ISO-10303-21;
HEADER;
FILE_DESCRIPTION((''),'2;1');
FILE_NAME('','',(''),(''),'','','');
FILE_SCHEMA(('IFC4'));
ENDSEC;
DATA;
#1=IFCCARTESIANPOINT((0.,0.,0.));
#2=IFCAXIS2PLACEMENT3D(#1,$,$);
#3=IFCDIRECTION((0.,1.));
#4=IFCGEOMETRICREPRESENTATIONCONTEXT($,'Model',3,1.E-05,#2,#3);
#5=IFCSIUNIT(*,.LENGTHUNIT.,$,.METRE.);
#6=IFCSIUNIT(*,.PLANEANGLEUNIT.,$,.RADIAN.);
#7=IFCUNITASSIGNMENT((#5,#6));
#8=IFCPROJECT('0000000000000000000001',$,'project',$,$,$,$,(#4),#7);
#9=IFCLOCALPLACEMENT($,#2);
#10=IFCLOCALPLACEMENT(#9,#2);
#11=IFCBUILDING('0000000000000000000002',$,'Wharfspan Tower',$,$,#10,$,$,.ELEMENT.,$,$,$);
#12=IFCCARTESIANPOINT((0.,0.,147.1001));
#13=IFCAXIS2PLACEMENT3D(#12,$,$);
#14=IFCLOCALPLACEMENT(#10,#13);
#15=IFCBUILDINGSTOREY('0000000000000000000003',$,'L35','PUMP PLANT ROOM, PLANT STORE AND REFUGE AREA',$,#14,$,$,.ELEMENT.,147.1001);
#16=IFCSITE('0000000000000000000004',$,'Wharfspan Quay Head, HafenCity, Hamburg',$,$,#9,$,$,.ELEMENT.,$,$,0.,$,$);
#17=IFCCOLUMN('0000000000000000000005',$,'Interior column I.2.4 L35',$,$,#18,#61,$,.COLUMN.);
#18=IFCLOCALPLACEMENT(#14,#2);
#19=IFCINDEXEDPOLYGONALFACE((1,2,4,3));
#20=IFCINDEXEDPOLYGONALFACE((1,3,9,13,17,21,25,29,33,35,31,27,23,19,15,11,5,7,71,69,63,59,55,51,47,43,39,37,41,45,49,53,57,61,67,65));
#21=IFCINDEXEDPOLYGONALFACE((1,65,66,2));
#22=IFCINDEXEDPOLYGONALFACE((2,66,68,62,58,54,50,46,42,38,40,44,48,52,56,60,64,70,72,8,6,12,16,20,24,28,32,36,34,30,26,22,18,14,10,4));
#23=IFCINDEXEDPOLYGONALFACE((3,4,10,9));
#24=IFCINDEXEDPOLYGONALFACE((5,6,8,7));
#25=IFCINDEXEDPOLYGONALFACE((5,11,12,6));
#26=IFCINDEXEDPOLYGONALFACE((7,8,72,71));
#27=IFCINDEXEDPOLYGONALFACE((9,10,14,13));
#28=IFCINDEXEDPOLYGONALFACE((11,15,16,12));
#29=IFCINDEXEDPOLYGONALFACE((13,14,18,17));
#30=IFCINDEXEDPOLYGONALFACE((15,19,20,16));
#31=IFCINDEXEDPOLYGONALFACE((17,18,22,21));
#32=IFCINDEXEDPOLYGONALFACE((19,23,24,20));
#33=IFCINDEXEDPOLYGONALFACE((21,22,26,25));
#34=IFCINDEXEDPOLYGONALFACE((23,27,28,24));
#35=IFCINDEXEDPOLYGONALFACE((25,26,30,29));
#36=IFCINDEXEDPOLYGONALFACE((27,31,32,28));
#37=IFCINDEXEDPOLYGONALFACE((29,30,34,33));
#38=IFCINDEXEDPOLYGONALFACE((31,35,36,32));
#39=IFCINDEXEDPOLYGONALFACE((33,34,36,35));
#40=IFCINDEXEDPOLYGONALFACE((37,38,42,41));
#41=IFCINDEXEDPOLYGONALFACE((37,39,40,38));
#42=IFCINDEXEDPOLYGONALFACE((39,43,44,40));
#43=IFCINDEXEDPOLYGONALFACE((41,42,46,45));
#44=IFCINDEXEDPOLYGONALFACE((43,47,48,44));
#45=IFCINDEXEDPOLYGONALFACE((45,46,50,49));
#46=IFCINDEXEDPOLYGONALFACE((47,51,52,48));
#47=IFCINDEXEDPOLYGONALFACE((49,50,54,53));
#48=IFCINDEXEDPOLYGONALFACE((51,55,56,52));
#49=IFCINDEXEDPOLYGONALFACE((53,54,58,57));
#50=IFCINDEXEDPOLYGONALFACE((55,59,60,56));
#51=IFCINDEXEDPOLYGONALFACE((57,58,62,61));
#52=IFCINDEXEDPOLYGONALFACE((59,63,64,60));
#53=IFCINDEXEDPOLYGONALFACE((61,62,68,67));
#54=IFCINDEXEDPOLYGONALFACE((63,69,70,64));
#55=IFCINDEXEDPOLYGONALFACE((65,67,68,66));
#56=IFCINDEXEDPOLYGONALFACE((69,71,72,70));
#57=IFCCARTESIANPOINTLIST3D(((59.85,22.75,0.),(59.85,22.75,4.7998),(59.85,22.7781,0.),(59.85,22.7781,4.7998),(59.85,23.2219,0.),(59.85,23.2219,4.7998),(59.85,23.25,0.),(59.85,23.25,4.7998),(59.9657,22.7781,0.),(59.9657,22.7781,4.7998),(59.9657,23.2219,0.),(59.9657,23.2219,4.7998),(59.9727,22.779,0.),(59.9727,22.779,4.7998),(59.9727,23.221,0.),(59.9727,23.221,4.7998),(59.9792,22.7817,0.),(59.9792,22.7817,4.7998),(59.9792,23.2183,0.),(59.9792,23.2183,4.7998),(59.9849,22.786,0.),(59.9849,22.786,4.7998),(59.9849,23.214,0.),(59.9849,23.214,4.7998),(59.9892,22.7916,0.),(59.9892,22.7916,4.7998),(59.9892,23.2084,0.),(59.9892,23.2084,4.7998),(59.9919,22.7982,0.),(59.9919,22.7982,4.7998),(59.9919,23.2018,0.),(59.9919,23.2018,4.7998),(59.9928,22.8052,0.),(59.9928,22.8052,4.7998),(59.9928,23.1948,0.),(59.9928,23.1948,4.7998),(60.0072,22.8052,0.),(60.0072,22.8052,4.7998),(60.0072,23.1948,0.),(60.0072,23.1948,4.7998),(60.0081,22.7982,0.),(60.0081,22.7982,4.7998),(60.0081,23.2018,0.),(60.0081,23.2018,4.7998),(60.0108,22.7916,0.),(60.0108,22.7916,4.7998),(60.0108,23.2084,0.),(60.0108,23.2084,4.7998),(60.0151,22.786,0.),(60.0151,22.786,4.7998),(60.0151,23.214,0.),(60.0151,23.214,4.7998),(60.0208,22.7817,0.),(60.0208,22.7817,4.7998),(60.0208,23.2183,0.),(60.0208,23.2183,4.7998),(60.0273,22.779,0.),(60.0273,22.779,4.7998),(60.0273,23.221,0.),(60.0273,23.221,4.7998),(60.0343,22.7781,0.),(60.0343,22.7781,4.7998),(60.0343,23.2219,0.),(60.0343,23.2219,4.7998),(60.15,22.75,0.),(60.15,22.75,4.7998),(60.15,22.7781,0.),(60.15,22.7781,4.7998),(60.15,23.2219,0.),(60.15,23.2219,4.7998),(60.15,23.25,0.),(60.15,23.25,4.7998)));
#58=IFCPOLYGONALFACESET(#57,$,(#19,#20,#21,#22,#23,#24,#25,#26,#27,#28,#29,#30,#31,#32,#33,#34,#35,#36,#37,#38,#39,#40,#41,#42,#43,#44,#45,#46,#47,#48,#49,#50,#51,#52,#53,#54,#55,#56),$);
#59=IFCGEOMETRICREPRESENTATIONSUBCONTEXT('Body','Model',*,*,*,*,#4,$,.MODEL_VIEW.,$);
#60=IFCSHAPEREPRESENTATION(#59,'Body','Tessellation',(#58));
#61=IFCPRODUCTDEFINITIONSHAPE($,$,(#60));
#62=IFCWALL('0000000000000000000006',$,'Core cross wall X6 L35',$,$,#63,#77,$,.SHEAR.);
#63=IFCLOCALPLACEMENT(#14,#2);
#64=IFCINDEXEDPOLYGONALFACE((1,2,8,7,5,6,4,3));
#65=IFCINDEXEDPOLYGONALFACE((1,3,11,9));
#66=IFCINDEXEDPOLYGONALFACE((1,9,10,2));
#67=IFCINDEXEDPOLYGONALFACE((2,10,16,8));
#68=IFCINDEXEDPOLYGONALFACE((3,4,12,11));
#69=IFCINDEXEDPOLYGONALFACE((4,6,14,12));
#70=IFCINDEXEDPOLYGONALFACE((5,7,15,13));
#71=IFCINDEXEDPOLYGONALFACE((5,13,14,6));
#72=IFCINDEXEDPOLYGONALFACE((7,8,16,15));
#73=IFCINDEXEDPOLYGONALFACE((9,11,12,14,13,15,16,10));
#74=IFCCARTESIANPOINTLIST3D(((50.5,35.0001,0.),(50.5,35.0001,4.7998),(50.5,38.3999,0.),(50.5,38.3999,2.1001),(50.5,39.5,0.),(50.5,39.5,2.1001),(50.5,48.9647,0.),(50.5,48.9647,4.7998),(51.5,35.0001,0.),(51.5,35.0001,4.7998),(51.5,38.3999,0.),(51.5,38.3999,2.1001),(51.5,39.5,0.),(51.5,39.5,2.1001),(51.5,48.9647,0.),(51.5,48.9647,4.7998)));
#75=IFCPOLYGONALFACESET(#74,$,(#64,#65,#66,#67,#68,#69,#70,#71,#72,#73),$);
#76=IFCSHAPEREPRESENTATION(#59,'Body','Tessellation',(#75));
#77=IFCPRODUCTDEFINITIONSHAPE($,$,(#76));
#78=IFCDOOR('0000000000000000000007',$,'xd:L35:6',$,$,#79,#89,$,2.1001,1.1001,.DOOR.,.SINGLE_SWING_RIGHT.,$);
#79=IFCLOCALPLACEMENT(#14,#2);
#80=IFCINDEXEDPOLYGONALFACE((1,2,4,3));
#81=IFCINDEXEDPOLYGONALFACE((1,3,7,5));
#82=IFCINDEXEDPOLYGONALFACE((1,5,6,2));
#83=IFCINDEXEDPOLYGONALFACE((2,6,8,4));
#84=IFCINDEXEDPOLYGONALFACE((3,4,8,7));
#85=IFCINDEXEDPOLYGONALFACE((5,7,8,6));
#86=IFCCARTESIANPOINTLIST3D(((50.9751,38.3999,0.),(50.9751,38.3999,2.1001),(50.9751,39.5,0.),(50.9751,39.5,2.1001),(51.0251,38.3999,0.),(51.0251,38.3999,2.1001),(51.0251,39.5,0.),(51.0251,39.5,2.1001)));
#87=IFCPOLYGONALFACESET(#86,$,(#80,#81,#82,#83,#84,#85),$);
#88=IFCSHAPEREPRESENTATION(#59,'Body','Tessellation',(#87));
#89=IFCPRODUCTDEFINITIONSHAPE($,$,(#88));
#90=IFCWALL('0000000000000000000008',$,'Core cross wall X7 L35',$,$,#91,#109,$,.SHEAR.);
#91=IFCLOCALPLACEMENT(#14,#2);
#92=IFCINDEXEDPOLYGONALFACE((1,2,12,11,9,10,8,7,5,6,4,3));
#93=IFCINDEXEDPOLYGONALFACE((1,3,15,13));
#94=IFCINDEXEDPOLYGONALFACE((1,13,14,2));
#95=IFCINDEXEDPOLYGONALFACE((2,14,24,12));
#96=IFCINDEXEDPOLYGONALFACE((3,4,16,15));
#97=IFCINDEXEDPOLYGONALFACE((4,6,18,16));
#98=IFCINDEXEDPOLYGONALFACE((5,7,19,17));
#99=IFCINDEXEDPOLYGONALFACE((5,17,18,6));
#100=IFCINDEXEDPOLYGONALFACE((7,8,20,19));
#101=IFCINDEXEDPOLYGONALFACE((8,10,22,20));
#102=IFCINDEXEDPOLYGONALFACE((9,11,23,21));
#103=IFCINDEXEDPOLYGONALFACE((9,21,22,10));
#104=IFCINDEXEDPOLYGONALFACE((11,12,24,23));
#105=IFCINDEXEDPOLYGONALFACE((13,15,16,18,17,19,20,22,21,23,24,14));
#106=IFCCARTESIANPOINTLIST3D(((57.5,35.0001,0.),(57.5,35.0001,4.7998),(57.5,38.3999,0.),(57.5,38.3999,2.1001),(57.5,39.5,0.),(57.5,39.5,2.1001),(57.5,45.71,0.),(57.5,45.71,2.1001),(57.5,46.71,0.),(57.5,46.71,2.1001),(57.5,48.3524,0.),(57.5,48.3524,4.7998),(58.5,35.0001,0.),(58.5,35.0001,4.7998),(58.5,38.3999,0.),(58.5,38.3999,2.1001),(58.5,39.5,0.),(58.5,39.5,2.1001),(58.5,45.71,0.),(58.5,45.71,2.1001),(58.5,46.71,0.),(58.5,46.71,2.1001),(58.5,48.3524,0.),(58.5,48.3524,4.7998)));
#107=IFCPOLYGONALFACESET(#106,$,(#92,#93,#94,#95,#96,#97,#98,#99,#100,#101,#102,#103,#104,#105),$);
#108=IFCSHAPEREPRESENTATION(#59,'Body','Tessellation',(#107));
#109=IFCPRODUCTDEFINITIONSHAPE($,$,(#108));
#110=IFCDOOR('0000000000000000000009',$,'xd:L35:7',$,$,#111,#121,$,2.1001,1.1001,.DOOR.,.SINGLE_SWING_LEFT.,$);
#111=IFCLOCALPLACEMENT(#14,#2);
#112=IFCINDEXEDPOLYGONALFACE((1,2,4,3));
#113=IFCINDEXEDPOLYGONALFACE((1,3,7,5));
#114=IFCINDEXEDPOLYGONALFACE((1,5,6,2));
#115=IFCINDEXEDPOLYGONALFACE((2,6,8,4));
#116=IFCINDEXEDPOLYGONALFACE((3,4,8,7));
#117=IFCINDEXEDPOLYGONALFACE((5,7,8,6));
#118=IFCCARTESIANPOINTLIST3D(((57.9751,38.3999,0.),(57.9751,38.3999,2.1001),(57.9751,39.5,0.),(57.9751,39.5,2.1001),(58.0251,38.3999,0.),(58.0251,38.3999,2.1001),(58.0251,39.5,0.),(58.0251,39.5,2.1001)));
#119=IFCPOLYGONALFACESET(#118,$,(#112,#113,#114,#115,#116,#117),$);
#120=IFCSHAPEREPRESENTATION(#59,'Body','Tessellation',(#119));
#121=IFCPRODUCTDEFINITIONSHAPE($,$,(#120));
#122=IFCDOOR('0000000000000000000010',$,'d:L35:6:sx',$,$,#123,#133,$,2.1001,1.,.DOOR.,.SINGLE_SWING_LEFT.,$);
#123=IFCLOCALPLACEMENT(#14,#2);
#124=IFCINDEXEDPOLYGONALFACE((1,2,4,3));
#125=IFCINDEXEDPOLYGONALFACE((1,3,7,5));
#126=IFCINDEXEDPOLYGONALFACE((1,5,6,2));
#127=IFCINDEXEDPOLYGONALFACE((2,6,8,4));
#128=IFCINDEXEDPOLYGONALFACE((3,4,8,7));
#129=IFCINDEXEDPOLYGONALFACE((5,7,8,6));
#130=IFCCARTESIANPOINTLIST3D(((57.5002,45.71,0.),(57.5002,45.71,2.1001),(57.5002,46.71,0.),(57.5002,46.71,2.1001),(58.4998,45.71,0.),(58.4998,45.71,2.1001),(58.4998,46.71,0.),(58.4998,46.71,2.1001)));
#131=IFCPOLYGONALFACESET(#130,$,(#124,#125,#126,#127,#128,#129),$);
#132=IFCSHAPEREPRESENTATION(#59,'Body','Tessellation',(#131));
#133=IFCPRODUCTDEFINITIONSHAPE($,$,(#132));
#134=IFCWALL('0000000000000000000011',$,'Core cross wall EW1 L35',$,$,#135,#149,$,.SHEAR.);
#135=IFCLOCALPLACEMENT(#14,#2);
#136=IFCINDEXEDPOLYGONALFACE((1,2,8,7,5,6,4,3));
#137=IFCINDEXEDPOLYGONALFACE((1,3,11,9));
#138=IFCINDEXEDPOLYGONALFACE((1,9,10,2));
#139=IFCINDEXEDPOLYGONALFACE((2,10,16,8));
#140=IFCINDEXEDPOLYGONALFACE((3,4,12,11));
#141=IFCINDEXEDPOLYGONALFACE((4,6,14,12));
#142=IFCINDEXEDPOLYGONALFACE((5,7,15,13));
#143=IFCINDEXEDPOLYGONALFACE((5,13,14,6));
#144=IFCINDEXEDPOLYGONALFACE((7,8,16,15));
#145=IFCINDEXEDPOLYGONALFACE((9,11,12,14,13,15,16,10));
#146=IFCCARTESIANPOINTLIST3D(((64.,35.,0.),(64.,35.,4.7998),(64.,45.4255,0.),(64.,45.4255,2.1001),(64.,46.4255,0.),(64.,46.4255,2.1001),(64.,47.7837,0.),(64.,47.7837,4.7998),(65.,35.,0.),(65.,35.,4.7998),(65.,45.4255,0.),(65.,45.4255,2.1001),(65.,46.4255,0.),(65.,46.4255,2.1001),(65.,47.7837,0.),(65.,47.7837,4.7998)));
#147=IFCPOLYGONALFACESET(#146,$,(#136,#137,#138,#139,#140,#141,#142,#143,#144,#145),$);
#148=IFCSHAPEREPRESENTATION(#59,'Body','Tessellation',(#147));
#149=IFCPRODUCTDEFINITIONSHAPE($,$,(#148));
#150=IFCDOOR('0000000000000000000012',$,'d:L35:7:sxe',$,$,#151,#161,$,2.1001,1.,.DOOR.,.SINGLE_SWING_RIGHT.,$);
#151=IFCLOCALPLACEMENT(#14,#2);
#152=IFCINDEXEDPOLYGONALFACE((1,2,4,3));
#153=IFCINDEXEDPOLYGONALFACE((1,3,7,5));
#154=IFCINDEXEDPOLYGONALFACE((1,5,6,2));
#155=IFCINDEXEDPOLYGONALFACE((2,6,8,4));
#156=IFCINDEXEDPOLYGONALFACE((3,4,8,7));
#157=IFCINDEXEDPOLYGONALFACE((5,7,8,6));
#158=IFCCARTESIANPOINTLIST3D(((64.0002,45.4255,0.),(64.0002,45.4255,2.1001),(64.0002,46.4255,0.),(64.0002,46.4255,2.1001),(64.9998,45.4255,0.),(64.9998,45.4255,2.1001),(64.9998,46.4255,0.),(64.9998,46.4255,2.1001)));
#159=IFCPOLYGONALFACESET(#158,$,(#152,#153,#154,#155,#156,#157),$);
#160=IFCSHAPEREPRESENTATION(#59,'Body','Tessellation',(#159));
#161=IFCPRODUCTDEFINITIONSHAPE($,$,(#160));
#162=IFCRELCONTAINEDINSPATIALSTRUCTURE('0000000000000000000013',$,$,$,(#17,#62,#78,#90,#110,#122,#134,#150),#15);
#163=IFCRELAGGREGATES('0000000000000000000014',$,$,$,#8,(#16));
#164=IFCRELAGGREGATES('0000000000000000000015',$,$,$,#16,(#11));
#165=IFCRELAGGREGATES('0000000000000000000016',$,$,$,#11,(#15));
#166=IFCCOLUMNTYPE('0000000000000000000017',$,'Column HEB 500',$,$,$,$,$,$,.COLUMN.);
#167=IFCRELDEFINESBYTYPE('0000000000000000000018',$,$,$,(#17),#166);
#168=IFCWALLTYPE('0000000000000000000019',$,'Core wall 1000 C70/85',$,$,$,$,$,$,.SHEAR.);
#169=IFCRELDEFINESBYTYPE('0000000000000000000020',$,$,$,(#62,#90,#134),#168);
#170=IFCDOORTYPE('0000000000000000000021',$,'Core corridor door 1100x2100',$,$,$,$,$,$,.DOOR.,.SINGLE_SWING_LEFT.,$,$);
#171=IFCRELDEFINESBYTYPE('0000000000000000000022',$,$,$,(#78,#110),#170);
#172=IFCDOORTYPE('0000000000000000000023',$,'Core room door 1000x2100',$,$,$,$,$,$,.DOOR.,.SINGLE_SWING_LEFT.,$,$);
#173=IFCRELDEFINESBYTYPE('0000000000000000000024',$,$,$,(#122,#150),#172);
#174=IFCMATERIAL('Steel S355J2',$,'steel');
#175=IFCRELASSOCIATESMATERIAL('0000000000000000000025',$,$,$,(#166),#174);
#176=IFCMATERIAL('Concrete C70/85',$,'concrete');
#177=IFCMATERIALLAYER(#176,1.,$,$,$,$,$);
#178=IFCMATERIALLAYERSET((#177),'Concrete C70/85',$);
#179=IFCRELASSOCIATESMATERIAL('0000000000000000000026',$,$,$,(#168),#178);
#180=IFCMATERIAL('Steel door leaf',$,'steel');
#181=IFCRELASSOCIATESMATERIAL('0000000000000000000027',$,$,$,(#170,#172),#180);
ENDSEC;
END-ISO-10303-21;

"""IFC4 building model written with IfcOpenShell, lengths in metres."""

from ifc_helpers import new_model, si_unit, direction, frame, frame_2d, origin, origin_2d, place, context, subcontext, project, spatial, rectangle, i_section, extrude, material, layer, layer_set, material_profile, profile_set, type_object, element, fill, save


model = new_model("IFC4")

# Units and contexts
model_context = context("Model", 3, precision=1e-05, world=origin(), true_north=direction((0.0, 1.0)))
body_context = subcontext(model_context, "Body", "Model", "MODEL_VIEW")
ifc_project = project(units=[si_unit("LENGTHUNIT", "METRE"), si_unit("PLANEANGLEUNIT", "RADIAN")], contexts=[model_context])

# Site, building, storey
site_placement = place(None, origin())
site = spatial("IfcSite", under=ifc_project, at=site_placement, Name="Wharfspan Quay Head, HafenCity, Hamburg", CompositionType="ELEMENT", RefElevation=0.0)
building_placement = place(site_placement, origin())
building = spatial("IfcBuilding", under=site, at=building_placement, Name="Wharfspan Tower", CompositionType="ELEMENT")
storey_placement = place(building_placement, frame((0.0, 0.0, 147.1001)))
storey = spatial("IfcBuildingStorey", under=building, at=storey_placement, Name="L35", Description="PUMP PLANT ROOM, PLANT STORE AND REFUGE AREA", CompositionType="ELEMENT", Elevation=147.1001)

# Column
ifc_material_1 = material(Name="Steel S355J2", Category="steel")
ifc_material_profile = material_profile(ifc_material_1, i_section(OverallWidth=0.3, OverallDepth=0.5, WebThickness=0.0144, FlangeThickness=0.0281, FilletRadius=0.0271, at=origin_2d()))
ifc_profile_set = profile_set([ifc_material_profile], Name="Steel S355J2")
column_type = type_object("IfcColumnType", Name="Column HEB 500", PredefinedType="COLUMN", material=ifc_profile_set)
column_placement = place(storey_placement, frame((60.0, 23.0, 0.0), z_axis=(0.0, 0.0, 1.0), x_axis=(1.0, 0.0, 0.0)))
element("IfcColumn", 1, at=column_placement, inside=storey, type_object=column_type, Name="Interior column I.2.4 L35", PredefinedType="COLUMN", context=body_context, shape_type="SweptSolid", body=[
    extrude(i_section(OverallWidth=0.3, OverallDepth=0.5, WebThickness=0.0144, FlangeThickness=0.0281, FilletRadius=0.0271, at=origin_2d()), origin(), (0.0, 0.0, 1.0), 4.7998),
])

# Wall, opening, door
ifc_material_2 = material(Name="Concrete C70/85", Category="concrete")
ifc_layer_1 = layer(ifc_material_2, 1.0)
ifc_layer_set_1 = layer_set([ifc_layer_1], Name="Concrete C70/85")
wall_type_1 = type_object("IfcWallType", Name="Core wall 1000 C70/85", PredefinedType="SHEAR", material=ifc_layer_set_1)
wall_1_placement = place(storey_placement, frame((51.0, 35.0, 0.0), z_axis=(0.0, 0.0, 1.0), x_axis=(0.0, 1.0, 0.0)))
wall_1 = element("IfcWall", 2, at=wall_1_placement, inside=storey, type_object=wall_type_1, Name="Core cross wall X6 L35", PredefinedType="SHEAR", context=body_context, shape_type="SweptSolid", body=[
    extrude(rectangle(XDim=13.9646, YDim=1.0, at=frame_2d((6.9824, 0.0))), origin(), (0.0, 0.0, 1.0), 4.7998),
])
opening_1_placement = place(wall_1_placement, frame((3.3999, 0.0, 0.0)))
opening_1 = element("IfcOpeningElement", 3, at=opening_1_placement, cuts=wall_1, PredefinedType="OPENING", context=body_context, shape_type="SweptSolid", body=[
    extrude(rectangle(XDim=1.1001, YDim=2.1001, at=frame_2d((0.55, 1.05))), frame((0.0, 0.51, 0.0), z_axis=(0.0, -1.0, 0.0), x_axis=(1.0, 0.0, 0.0)), (0.0, 0.0, 1.0), 1.02),
])
ifc_material_3 = material(Name="Steel door leaf", Category="steel")
door_type_1 = type_object("IfcDoorType", Name="Core corridor door 1100x2100", OperationType="SINGLE_SWING_LEFT", PredefinedType="DOOR", material=ifc_material_3)
door_1_placement = place(opening_1_placement, origin())
door_1 = element("IfcDoor", 4, at=door_1_placement, inside=storey, type_object=door_type_1, Name="xd:L35:6", OperationType="SINGLE_SWING_RIGHT", OverallHeight=2.1001, OverallWidth=1.1001, PredefinedType="DOOR", context=body_context, shape_type="SweptSolid", body=[
    extrude(rectangle(XDim=1.1001, YDim=2.1001, at=frame_2d((0.55, 1.05))), frame((0.0, 0.0249, 0.0), z_axis=(0.0, -1.0, 0.0), x_axis=(1.0, 0.0, 0.0)), (0.0, 0.0, 1.0), 0.05),
])
fill(opening_1, door_1)

# Wall, openings, doors
wall_2_placement = place(storey_placement, frame((58.0, 35.0, 0.0), z_axis=(0.0, 0.0, 1.0), x_axis=(0.0, 1.0, 0.0)))
wall_2 = element("IfcWall", 5, at=wall_2_placement, inside=storey, type_object=wall_type_1, Name="Core cross wall X7 L35", PredefinedType="SHEAR", context=body_context, shape_type="SweptSolid", body=[
    extrude(rectangle(XDim=13.3523, YDim=1.0, at=frame_2d((6.6763, 0.0))), origin(), (0.0, 0.0, 1.0), 4.7998),
])
opening_2_placement = place(wall_2_placement, frame((10.71, 0.0, 0.0)))
opening_2 = element("IfcOpeningElement", 6, at=opening_2_placement, cuts=wall_2, PredefinedType="OPENING", context=body_context, shape_type="SweptSolid", body=[
    extrude(rectangle(XDim=1.0, YDim=2.1001, at=frame_2d((0.5, 1.05))), frame((0.0, 0.51, 0.0), z_axis=(0.0, -1.0, 0.0), x_axis=(1.0, 0.0, 0.0)), (0.0, 0.0, 1.0), 1.02),
])
opening_3_placement = place(wall_2_placement, frame((3.3999, 0.0, 0.0)))
opening_3 = element("IfcOpeningElement", 7, at=opening_3_placement, cuts=wall_2, PredefinedType="OPENING", context=body_context, shape_type="SweptSolid", body=[
    extrude(rectangle(XDim=1.1001, YDim=2.1001, at=frame_2d((0.55, 1.05))), frame((0.0, 0.51, 0.0), z_axis=(0.0, -1.0, 0.0), x_axis=(1.0, 0.0, 0.0)), (0.0, 0.0, 1.0), 1.02),
])
door_2_placement = place(opening_3_placement, origin())
door_2 = element("IfcDoor", 8, at=door_2_placement, inside=storey, type_object=door_type_1, Name="xd:L35:7", OperationType="SINGLE_SWING_LEFT", OverallHeight=2.1001, OverallWidth=1.1001, PredefinedType="DOOR", context=body_context, shape_type="SweptSolid", body=[
    extrude(rectangle(XDim=1.1001, YDim=2.1001, at=frame_2d((0.55, 1.05))), frame((0.0, 0.0249, 0.0), z_axis=(0.0, -1.0, 0.0), x_axis=(1.0, 0.0, 0.0)), (0.0, 0.0, 1.0), 0.05),
])
fill(opening_3, door_2)
door_type_2 = type_object("IfcDoorType", Name="Core room door 1000x2100", OperationType="SINGLE_SWING_LEFT", PredefinedType="DOOR", material=ifc_material_3)
door_3_placement = place(opening_2_placement, origin())
door_3 = element("IfcDoor", 9, at=door_3_placement, inside=storey, type_object=door_type_2, Name="d:L35:6:sx", OperationType="SINGLE_SWING_LEFT", OverallHeight=2.1001, OverallWidth=1.0, PredefinedType="DOOR", context=body_context, shape_type="SweptSolid", body=[
    extrude(rectangle(XDim=1.0, YDim=2.1001, at=frame_2d((0.5, 1.05))), frame((0.0, 0.4998, 0.0), z_axis=(0.0, -1.0, 0.0), x_axis=(1.0, 0.0, 0.0)), (0.0, 0.0, 1.0), 0.9995),
])
fill(opening_2, door_3)

# Wall, opening, door
wall_3_placement = place(storey_placement, frame((64.5, 35.0, 0.0), z_axis=(0.0, 0.0, 1.0), x_axis=(0.0, 1.0, 0.0)))
wall_3 = element("IfcWall", 10, at=wall_3_placement, inside=storey, type_object=wall_type_1, Name="Core cross wall EW1 L35", PredefinedType="SHEAR", context=body_context, shape_type="SweptSolid", body=[
    extrude(rectangle(XDim=12.7837, YDim=1.0, at=frame_2d((6.3918, 0.0))), origin(), (0.0, 0.0, 1.0), 4.7998),
])
opening_4_placement = place(wall_3_placement, frame((10.4255, 0.0, 0.0)))
opening_4 = element("IfcOpeningElement", 11, at=opening_4_placement, cuts=wall_3, PredefinedType="OPENING", context=body_context, shape_type="SweptSolid", body=[
    extrude(rectangle(XDim=1.0, YDim=2.1001, at=frame_2d((0.5, 1.05))), frame((0.0, 0.51, 0.0), z_axis=(0.0, -1.0, 0.0), x_axis=(1.0, 0.0, 0.0)), (0.0, 0.0, 1.0), 1.02),
])
door_4_placement = place(opening_4_placement, origin())
door_4 = element("IfcDoor", 12, at=door_4_placement, inside=storey, type_object=door_type_2, Name="d:L35:7:sxe", OperationType="SINGLE_SWING_RIGHT", OverallHeight=2.1001, OverallWidth=1.0, PredefinedType="DOOR", context=body_context, shape_type="SweptSolid", body=[
    extrude(rectangle(XDim=1.0, YDim=2.1001, at=frame_2d((0.5, 1.05))), frame((0.0, 0.4998, 0.0), z_axis=(0.0, -1.0, 0.0), x_axis=(1.0, 0.0, 0.0)), (0.0, 0.0, 1.0), 0.9995),
])
fill(opening_4, door_4)

save(model, "model.ifc")
